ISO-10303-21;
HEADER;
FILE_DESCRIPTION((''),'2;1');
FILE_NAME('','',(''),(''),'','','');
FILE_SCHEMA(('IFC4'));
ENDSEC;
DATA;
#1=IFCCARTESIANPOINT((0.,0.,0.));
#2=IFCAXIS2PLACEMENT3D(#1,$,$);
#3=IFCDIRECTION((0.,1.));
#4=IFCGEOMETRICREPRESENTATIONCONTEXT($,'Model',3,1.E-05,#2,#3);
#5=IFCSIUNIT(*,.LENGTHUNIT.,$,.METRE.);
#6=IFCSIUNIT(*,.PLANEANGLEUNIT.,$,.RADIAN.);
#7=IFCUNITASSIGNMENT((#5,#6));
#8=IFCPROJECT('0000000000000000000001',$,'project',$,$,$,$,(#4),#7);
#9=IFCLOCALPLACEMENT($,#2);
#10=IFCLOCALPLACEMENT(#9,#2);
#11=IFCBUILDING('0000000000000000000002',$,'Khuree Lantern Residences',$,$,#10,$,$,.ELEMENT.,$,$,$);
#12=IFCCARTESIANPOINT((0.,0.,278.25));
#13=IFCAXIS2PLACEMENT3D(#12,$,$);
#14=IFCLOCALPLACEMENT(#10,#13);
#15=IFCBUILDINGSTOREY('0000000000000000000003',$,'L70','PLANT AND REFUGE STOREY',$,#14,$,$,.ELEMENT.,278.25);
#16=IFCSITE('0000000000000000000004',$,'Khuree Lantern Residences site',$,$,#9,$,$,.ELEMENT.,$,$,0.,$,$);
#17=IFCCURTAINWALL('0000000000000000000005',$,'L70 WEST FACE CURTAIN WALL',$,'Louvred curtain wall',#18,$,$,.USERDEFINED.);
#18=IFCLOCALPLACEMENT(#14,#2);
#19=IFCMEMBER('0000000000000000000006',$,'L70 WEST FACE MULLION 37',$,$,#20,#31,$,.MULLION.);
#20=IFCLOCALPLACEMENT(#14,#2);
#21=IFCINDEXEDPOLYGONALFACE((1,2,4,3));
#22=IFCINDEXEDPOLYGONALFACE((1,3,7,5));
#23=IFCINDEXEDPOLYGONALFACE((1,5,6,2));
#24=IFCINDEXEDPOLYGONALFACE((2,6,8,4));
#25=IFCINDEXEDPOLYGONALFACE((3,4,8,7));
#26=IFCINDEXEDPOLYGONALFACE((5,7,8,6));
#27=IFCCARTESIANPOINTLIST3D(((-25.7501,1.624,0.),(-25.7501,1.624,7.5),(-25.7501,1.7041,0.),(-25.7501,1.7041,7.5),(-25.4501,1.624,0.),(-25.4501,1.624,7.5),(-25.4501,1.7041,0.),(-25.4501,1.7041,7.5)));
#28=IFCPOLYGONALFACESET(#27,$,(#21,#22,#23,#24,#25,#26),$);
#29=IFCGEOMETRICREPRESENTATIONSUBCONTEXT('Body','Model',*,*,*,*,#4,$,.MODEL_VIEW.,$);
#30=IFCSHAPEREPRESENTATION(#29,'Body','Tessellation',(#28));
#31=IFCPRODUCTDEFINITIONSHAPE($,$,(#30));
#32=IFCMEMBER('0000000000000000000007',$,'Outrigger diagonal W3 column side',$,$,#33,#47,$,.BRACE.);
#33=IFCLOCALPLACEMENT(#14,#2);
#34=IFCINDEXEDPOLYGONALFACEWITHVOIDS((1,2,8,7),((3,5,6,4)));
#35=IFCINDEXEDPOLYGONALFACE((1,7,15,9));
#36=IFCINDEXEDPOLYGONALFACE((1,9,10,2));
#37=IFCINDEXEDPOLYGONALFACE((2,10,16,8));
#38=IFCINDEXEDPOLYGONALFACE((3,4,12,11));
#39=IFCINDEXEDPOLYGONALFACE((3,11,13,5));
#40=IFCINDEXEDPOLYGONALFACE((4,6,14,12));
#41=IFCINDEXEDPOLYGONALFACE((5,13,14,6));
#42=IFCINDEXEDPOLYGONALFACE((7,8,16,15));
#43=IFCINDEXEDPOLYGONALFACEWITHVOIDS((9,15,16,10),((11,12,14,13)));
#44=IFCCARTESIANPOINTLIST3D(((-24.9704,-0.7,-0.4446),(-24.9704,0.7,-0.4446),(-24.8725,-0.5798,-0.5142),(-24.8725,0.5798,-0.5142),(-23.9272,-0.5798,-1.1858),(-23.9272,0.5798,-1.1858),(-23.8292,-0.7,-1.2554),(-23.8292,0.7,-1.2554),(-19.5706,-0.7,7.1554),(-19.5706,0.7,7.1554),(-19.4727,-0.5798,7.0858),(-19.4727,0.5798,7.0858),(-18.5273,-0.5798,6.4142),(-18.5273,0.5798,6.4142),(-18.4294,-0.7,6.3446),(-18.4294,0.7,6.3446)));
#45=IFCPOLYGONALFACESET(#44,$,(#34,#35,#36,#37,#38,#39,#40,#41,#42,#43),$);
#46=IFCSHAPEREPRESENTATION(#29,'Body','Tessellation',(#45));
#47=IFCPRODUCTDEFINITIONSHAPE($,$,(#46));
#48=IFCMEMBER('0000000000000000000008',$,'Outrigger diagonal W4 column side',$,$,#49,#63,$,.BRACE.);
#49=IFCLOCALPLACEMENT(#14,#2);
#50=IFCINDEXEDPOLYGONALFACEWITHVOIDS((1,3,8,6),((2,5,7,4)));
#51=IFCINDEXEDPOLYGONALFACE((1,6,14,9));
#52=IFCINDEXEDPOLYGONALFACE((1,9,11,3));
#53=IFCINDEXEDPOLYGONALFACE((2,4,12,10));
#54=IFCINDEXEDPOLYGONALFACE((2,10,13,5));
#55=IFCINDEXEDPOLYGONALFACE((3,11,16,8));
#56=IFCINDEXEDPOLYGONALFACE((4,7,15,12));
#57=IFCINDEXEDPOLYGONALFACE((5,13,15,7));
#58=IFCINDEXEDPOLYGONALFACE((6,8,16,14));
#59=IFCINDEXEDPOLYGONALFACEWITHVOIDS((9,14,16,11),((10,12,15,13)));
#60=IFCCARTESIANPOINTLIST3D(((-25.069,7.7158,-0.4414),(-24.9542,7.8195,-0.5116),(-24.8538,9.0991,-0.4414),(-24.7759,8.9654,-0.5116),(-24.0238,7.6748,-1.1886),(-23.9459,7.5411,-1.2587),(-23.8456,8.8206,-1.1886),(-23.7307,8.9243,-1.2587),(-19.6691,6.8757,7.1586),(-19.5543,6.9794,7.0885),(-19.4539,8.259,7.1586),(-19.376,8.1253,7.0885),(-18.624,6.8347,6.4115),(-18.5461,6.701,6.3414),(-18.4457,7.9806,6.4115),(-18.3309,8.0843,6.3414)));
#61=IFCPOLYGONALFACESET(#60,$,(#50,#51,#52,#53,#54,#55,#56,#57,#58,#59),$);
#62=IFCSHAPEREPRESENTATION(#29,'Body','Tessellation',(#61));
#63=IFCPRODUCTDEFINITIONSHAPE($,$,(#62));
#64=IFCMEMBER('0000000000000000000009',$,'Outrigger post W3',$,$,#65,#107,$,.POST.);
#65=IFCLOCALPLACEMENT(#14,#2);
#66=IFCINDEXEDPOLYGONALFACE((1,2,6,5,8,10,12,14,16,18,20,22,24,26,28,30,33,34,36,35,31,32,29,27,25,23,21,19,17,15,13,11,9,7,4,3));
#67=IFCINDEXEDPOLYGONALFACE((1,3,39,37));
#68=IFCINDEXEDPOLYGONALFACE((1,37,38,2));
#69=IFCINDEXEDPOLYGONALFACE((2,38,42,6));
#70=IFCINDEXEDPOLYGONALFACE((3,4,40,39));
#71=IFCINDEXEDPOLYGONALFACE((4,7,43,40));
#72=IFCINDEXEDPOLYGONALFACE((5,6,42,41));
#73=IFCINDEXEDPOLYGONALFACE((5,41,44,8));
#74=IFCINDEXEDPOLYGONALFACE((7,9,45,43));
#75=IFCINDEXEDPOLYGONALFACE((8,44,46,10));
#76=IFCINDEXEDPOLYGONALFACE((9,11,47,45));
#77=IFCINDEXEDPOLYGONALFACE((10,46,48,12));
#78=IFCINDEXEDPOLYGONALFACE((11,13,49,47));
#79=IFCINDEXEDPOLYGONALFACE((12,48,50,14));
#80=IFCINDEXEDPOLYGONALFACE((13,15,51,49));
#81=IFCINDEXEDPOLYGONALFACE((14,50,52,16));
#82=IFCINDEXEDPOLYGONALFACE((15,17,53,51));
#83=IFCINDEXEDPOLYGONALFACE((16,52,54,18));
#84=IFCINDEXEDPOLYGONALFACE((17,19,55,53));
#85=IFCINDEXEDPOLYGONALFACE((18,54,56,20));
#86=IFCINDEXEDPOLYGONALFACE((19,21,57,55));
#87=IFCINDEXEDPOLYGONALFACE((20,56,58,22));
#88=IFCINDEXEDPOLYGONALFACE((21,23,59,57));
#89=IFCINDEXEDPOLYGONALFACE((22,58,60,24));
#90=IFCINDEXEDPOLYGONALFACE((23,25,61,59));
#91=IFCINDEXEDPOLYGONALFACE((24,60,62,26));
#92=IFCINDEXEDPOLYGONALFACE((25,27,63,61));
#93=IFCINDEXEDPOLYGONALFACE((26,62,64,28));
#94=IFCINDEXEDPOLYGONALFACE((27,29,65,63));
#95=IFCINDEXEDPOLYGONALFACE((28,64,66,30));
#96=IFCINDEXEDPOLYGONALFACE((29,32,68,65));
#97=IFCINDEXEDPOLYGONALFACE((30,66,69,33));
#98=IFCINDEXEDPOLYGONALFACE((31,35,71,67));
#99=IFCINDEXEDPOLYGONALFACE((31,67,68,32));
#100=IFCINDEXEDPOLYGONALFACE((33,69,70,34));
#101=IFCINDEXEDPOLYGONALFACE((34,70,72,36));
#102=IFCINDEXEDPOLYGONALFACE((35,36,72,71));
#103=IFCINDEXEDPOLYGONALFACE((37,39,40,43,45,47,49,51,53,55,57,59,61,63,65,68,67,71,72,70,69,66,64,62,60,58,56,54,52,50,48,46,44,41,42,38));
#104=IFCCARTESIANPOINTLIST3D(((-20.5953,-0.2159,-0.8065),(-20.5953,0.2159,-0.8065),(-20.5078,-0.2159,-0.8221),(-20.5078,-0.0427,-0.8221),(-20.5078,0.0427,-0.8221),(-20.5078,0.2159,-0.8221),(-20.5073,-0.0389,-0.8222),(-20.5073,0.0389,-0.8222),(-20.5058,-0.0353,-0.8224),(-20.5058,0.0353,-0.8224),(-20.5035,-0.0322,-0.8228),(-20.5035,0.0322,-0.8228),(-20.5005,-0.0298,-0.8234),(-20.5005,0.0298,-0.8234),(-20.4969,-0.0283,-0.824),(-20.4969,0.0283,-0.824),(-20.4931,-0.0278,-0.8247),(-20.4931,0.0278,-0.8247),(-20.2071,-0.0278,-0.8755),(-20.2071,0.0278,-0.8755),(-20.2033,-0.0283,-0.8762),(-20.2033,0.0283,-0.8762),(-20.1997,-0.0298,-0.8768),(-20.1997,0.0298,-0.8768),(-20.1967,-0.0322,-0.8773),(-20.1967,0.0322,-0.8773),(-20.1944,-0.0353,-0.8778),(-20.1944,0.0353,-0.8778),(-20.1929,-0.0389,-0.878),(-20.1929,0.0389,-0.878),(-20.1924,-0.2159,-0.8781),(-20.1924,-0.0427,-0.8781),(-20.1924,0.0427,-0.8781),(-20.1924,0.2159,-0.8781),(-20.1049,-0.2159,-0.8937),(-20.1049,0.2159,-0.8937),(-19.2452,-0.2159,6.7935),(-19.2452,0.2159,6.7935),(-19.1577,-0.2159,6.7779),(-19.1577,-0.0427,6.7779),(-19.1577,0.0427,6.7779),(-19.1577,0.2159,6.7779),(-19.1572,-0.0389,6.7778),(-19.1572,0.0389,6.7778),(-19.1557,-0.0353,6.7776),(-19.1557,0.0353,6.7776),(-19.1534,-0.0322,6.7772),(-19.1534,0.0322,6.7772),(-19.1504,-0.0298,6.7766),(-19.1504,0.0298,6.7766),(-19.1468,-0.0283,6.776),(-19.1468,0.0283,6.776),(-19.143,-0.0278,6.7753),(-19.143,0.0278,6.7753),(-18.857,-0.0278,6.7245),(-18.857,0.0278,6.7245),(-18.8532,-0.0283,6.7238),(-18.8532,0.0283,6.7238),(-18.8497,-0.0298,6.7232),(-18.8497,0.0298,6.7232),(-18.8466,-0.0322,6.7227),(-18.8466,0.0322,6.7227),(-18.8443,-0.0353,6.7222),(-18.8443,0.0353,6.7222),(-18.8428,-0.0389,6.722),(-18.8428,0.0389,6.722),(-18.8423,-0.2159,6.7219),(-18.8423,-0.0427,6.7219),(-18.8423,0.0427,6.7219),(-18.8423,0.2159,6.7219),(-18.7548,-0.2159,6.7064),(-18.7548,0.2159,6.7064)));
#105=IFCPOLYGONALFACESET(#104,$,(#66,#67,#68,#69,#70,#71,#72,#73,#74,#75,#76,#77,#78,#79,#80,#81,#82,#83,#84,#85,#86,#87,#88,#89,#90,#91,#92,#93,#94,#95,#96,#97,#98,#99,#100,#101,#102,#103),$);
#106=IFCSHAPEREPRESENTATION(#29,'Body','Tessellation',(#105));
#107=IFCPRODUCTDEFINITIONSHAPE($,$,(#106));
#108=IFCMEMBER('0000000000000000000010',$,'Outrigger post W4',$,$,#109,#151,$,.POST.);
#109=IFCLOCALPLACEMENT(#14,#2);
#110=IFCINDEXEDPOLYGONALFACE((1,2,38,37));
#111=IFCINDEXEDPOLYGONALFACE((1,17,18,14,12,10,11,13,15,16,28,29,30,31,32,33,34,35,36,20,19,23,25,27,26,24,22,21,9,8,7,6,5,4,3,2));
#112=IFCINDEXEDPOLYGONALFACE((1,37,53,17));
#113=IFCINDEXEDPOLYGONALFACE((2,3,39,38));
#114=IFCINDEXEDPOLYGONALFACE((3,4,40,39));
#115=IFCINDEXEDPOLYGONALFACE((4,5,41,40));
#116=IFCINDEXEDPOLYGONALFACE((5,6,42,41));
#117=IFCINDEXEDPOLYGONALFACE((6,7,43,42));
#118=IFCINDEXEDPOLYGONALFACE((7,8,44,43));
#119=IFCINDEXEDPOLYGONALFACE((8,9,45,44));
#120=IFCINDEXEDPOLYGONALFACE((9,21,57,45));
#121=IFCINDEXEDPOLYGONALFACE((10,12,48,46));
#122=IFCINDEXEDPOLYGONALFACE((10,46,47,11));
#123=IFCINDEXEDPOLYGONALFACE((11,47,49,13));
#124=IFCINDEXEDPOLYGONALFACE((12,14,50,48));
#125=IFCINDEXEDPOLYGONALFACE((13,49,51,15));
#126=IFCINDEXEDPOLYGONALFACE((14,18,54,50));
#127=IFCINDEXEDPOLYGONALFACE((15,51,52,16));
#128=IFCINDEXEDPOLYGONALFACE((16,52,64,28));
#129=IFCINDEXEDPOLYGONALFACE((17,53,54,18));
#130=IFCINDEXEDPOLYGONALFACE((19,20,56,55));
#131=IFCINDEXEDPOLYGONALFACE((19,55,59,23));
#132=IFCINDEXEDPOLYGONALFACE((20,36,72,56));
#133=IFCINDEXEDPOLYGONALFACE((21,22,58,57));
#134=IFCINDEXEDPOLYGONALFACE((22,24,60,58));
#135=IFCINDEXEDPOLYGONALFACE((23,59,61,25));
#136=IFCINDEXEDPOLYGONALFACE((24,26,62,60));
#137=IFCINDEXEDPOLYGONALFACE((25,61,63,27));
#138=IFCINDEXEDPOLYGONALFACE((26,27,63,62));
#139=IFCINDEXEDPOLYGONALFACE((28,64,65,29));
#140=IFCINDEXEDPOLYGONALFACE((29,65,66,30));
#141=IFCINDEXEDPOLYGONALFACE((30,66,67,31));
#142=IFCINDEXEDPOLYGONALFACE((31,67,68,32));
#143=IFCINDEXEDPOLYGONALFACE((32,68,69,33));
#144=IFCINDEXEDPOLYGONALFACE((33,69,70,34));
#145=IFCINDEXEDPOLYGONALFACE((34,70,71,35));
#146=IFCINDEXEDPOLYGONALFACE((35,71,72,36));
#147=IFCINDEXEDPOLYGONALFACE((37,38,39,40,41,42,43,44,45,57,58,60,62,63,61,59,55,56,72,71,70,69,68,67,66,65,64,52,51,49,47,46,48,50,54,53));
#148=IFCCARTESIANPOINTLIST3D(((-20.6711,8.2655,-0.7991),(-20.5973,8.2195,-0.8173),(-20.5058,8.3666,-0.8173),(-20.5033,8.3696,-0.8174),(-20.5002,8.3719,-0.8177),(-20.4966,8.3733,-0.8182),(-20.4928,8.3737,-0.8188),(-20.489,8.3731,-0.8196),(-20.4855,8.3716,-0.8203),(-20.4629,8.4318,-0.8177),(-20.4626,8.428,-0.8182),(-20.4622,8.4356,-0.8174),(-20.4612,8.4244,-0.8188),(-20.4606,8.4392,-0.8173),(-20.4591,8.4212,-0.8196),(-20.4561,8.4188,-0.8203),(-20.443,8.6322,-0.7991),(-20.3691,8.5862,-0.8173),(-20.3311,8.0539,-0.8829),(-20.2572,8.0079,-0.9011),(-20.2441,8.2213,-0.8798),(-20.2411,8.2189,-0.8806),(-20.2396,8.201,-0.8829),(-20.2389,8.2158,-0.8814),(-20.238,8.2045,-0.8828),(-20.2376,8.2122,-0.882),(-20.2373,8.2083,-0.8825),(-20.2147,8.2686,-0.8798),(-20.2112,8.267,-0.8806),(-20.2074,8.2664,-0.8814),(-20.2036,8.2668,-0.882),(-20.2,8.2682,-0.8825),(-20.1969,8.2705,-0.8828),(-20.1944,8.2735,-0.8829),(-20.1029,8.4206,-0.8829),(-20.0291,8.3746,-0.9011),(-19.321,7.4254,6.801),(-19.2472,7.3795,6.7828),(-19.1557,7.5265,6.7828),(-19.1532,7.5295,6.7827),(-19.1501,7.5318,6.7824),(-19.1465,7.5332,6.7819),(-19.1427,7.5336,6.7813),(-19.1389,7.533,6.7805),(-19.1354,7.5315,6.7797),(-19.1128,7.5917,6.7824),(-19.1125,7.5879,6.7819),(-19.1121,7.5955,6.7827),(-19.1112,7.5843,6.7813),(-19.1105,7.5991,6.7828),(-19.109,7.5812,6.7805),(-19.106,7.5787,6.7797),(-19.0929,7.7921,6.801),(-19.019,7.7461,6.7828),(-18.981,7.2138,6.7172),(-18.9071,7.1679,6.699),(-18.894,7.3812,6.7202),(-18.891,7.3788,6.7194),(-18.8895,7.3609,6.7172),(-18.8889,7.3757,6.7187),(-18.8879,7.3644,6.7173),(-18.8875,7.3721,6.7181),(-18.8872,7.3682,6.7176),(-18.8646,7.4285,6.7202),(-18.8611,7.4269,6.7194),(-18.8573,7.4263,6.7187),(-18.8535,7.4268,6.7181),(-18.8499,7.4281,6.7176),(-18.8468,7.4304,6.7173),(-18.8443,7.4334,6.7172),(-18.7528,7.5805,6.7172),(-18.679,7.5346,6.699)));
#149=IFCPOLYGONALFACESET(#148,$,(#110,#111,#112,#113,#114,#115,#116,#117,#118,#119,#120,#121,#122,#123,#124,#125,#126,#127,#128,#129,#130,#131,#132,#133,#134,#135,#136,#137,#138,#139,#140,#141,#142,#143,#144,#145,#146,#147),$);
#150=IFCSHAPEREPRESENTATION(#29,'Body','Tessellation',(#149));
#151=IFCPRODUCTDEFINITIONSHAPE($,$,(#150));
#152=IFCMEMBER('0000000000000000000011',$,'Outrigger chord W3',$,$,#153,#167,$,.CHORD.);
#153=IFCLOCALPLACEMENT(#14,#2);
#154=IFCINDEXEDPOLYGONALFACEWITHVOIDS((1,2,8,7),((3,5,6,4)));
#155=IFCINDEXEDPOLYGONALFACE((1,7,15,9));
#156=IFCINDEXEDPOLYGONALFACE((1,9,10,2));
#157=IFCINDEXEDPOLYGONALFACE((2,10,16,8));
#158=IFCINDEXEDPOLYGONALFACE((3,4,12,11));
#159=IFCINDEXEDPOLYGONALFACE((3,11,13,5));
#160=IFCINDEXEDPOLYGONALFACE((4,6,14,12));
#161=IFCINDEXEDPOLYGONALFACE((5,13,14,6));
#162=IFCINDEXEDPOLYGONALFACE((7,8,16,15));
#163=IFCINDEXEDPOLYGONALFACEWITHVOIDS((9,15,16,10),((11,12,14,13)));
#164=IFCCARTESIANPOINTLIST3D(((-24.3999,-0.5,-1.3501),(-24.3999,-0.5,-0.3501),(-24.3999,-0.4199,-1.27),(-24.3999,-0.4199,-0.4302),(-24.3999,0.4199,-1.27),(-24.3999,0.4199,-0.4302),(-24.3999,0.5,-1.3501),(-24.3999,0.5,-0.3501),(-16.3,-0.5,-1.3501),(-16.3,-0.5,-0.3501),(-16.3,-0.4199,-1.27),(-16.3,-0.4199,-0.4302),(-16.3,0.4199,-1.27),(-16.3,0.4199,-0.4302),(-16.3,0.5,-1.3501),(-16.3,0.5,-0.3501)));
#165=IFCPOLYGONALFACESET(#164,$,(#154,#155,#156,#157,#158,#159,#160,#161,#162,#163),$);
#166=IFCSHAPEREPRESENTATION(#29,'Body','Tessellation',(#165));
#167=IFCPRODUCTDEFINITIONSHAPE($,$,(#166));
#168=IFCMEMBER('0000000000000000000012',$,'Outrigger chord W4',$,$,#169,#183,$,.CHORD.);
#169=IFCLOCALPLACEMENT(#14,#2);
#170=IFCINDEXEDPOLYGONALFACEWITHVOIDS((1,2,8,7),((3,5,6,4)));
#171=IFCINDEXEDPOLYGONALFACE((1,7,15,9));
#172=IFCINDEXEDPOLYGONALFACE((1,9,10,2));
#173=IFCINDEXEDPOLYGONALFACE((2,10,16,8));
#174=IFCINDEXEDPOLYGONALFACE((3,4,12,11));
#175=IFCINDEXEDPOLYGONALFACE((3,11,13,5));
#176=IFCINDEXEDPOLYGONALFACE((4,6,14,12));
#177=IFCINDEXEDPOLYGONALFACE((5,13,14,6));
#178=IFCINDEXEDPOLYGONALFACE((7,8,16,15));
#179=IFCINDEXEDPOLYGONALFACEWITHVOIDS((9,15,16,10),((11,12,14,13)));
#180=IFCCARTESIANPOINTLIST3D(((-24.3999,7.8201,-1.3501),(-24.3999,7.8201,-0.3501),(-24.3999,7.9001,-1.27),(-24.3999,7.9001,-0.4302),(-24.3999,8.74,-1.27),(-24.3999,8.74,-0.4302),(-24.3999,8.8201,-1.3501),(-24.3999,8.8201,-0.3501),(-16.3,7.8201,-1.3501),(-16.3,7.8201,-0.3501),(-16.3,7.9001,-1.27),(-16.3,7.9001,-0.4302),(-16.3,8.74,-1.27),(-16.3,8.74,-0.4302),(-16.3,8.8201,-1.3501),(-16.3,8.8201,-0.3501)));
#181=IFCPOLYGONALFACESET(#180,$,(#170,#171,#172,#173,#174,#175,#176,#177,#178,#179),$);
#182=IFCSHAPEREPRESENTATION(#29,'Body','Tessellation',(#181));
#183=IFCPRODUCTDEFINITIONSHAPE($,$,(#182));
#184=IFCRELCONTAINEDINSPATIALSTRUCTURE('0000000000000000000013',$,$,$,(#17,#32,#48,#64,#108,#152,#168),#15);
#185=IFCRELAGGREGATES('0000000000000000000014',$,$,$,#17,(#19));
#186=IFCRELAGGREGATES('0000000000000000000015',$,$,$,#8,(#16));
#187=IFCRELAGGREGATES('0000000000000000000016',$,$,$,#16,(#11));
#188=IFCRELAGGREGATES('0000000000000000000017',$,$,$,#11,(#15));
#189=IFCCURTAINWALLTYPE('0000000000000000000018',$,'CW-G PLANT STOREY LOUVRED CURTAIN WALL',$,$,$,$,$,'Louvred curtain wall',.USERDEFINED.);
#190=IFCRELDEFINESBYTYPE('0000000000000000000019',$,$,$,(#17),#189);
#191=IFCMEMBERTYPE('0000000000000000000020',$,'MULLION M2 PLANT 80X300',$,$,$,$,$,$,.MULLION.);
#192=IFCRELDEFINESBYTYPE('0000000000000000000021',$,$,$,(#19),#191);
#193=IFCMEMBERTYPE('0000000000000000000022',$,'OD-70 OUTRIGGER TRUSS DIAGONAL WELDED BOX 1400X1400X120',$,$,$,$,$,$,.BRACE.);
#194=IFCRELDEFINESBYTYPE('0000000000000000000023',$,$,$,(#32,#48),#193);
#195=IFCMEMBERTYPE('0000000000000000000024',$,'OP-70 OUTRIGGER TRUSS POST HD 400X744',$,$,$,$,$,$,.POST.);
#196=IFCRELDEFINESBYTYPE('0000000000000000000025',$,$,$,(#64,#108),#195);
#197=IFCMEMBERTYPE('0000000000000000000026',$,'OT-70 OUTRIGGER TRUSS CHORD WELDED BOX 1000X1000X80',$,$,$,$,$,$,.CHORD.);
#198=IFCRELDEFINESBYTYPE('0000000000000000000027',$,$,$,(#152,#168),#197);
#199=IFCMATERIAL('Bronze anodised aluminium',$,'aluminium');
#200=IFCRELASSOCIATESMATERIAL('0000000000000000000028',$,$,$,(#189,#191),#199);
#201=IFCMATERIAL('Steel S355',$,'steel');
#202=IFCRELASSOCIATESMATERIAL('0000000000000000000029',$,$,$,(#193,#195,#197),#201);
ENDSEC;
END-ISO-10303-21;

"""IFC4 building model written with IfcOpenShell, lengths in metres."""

from ifc_helpers import new_model, si_unit, direction, frame, origin, origin_2d, place, context, subcontext, project, spatial, rectangle, hollow_rectangle, i_section, extrude, material, material_profile, profile_set, type_object, element, aggregate, save


model = new_model("IFC4")

# Units and contexts
model_context = context("Model", 3, precision=1e-05, world=origin(), true_north=direction((0.0, 1.0)))
body_context = subcontext(model_context, "Body", "Model", "MODEL_VIEW")
ifc_project = project(units=[si_unit("LENGTHUNIT", "METRE"), si_unit("PLANEANGLEUNIT", "RADIAN")], contexts=[model_context])

# Site, building, storey
site_placement = place(None, origin())
site = spatial("IfcSite", under=ifc_project, at=site_placement, Name="Khuree Lantern Residences site", CompositionType="ELEMENT", RefElevation=0.0)
building_placement = place(site_placement, origin())
building = spatial("IfcBuilding", under=site, at=building_placement, Name="Khuree Lantern Residences", CompositionType="ELEMENT")
storey_placement = place(building_placement, frame((0.0, 0.0, 278.25)))
storey = spatial("IfcBuildingStorey", under=building, at=storey_placement, Name="L70", Description="PLANT AND REFUGE STOREY", CompositionType="ELEMENT", Elevation=278.25)

# Shared definitions
ifc_material_1 = material(Name="Steel S355", Category="steel")

# Curtain wall, member
ifc_material_2 = material(Name="Bronze anodised aluminium", Category="aluminium")
curtain_wall_type = type_object("IfcCurtainWallType", Name="CW-G PLANT STOREY LOUVRED CURTAIN WALL", ElementType="Louvred curtain wall", PredefinedType="USERDEFINED", material=ifc_material_2)
curtain_wall_placement = place(storey_placement, origin())
curtain_wall = element("IfcCurtainWall", 1, at=curtain_wall_placement, inside=storey, type_object=curtain_wall_type, Name="L70 WEST FACE CURTAIN WALL", ObjectType="Louvred curtain wall", PredefinedType="USERDEFINED")
ifc_material_profile_1 = material_profile(ifc_material_2, rectangle(XDim=0.0801, YDim=0.3, at=origin_2d()), Name="M2 80X300")
ifc_profile_set_1 = profile_set([ifc_material_profile_1], Name="Bronze anodised aluminium")
member_type_1 = type_object("IfcMemberType", Name="MULLION M2 PLANT 80X300", PredefinedType="MULLION", material=ifc_profile_set_1)
member_1_placement = place(storey_placement, frame((-25.6001, 1.6641, 0.0), z_axis=(0.0, 0.0, 1.0), x_axis=(0.0, -1.0, 0.0)))
member_1 = element("IfcMember", 2, at=member_1_placement, type_object=member_type_1, Name="L70 WEST FACE MULLION 37", PredefinedType="MULLION", context=body_context, shape_type="SweptSolid", body=[
    extrude(rectangle(XDim=0.0801, YDim=0.3, at=origin_2d()), origin(), (0.0, 0.0, 1.0), 7.5),
])

# Members
ifc_material_profile_2 = material_profile(ifc_material_1, hollow_rectangle(XDim=1.3999, YDim=1.3999, WallThickness=0.1201, at=origin_2d()), Name="WELDED BOX 1400X1400X120")
ifc_profile_set_2 = profile_set([ifc_material_profile_2], Name="Steel S355")
member_type_2 = type_object("IfcMemberType", Name="OD-70 OUTRIGGER TRUSS DIAGONAL WELDED BOX 1400X1400X120", PredefinedType="BRACE", material=ifc_profile_set_2)
member_2_placement = place(storey_placement, frame((-19.0, 0.0, 6.75), z_axis=(-0.579195, 0.0, -0.815189), x_axis=(0.0, -1.0, 0.0)))
element("IfcMember", 3, at=member_2_placement, inside=storey, type_object=member_type_2, Name="Outrigger diagonal W3 column side", PredefinedType="BRACE", context=body_context, shape_type="SweptSolid", body=[
    extrude(hollow_rectangle(XDim=1.3999, YDim=1.3999, WallThickness=0.1201, at=origin_2d()), origin(), (0.0, 0.0, 1.0), 9.323),
])
member_3_placement = place(storey_placement, frame((-19.0, 7.48, 6.75), z_axis=(-0.576858, 0.089744, -0.811899), x_axis=(-0.153725, -0.988114, 0.0)))
element("IfcMember", 4, at=member_3_placement, inside=storey, type_object=member_type_2, Name="Outrigger diagonal W4 column side", PredefinedType="BRACE", context=body_context, shape_type="SweptSolid", body=[
    extrude(hollow_rectangle(XDim=1.3999, YDim=1.3999, WallThickness=0.1201, at=origin_2d()), origin(), (0.0, 0.0, 1.0), 9.3608),
])
ifc_material_profile_3 = material_profile(ifc_material_1, i_section(OverallWidth=0.4319, OverallDepth=0.498, WebThickness=0.0557, FlangeThickness=0.0889, FilletRadius=0.0149, at=origin_2d()), Name="HD 400X744")
ifc_profile_set_3 = profile_set([ifc_material_profile_3], Name="Steel S355")
member_type_3 = type_object("IfcMemberType", Name="OP-70 OUTRIGGER TRUSS POST HD 400X744", PredefinedType="POST", material=ifc_profile_set_3)
member_4_placement = place(storey_placement, frame((-20.3501, 0.0, -0.8501), z_axis=(0.174904, 0.0, 0.984586), x_axis=(0.0, 1.0, 0.0)))
element("IfcMember", 5, at=member_4_placement, inside=storey, type_object=member_type_3, Name="Outrigger post W3", PredefinedType="POST", context=body_context, shape_type="SweptSolid", body=[
    extrude(i_section(OverallWidth=0.4319, OverallDepth=0.498, WebThickness=0.0557, FlangeThickness=0.0889, FilletRadius=0.0149, at=origin_2d()), origin(), (0.0, 0.0, 1.0), 7.719),
])
member_5_placement = place(storey_placement, frame((-20.3501, 8.3201, -0.8501), z_axis=(0.173877, -0.108194, 0.978806), x_axis=(0.528314, 0.849049, 0.0)))
element("IfcMember", 6, at=member_5_placement, inside=storey, type_object=member_type_3, Name="Outrigger post W4", PredefinedType="POST", context=body_context, shape_type="SweptSolid", body=[
    extrude(i_section(OverallWidth=0.4319, OverallDepth=0.498, WebThickness=0.0557, FlangeThickness=0.0889, FilletRadius=0.0149, at=origin_2d()), origin(), (0.0, 0.0, 1.0), 7.7646),
])
ifc_material_profile_4 = material_profile(ifc_material_1, hollow_rectangle(XDim=1.0, YDim=1.0, WallThickness=0.0801, at=origin_2d()), Name="WELDED BOX 1000X1000X80")
ifc_profile_set_4 = profile_set([ifc_material_profile_4], Name="Steel S355")
member_type_4 = type_object("IfcMemberType", Name="OT-70 OUTRIGGER TRUSS CHORD WELDED BOX 1000X1000X80", PredefinedType="CHORD", material=ifc_profile_set_4)
for number, where, z_axis, x_axis, name in (
    (7, (-24.3999, 0.0, -0.8501), (1.0, 0.0, 0.0), (0.0, 1.0, 0.0), "Outrigger chord W3"),
    (8, (-24.3999, 8.3201, -0.8501), (1.0, 0.0, 0.0), (0.0, 1.0, 0.0), "Outrigger chord W4"),
):
    element("IfcMember", number, at=place(storey_placement, frame(where, z_axis=z_axis, x_axis=x_axis)), inside=storey, type_object=member_type_4, Name=name, PredefinedType="CHORD", context=body_context, shape_type="SweptSolid", body=[
        extrude(hollow_rectangle(XDim=1.0, YDim=1.0, WallThickness=0.0801, at=origin_2d()), origin(), (0.0, 0.0, 1.0), 8.0999),
    ])

aggregate(curtain_wall, [member_1])

save(model, "model.ifc")
